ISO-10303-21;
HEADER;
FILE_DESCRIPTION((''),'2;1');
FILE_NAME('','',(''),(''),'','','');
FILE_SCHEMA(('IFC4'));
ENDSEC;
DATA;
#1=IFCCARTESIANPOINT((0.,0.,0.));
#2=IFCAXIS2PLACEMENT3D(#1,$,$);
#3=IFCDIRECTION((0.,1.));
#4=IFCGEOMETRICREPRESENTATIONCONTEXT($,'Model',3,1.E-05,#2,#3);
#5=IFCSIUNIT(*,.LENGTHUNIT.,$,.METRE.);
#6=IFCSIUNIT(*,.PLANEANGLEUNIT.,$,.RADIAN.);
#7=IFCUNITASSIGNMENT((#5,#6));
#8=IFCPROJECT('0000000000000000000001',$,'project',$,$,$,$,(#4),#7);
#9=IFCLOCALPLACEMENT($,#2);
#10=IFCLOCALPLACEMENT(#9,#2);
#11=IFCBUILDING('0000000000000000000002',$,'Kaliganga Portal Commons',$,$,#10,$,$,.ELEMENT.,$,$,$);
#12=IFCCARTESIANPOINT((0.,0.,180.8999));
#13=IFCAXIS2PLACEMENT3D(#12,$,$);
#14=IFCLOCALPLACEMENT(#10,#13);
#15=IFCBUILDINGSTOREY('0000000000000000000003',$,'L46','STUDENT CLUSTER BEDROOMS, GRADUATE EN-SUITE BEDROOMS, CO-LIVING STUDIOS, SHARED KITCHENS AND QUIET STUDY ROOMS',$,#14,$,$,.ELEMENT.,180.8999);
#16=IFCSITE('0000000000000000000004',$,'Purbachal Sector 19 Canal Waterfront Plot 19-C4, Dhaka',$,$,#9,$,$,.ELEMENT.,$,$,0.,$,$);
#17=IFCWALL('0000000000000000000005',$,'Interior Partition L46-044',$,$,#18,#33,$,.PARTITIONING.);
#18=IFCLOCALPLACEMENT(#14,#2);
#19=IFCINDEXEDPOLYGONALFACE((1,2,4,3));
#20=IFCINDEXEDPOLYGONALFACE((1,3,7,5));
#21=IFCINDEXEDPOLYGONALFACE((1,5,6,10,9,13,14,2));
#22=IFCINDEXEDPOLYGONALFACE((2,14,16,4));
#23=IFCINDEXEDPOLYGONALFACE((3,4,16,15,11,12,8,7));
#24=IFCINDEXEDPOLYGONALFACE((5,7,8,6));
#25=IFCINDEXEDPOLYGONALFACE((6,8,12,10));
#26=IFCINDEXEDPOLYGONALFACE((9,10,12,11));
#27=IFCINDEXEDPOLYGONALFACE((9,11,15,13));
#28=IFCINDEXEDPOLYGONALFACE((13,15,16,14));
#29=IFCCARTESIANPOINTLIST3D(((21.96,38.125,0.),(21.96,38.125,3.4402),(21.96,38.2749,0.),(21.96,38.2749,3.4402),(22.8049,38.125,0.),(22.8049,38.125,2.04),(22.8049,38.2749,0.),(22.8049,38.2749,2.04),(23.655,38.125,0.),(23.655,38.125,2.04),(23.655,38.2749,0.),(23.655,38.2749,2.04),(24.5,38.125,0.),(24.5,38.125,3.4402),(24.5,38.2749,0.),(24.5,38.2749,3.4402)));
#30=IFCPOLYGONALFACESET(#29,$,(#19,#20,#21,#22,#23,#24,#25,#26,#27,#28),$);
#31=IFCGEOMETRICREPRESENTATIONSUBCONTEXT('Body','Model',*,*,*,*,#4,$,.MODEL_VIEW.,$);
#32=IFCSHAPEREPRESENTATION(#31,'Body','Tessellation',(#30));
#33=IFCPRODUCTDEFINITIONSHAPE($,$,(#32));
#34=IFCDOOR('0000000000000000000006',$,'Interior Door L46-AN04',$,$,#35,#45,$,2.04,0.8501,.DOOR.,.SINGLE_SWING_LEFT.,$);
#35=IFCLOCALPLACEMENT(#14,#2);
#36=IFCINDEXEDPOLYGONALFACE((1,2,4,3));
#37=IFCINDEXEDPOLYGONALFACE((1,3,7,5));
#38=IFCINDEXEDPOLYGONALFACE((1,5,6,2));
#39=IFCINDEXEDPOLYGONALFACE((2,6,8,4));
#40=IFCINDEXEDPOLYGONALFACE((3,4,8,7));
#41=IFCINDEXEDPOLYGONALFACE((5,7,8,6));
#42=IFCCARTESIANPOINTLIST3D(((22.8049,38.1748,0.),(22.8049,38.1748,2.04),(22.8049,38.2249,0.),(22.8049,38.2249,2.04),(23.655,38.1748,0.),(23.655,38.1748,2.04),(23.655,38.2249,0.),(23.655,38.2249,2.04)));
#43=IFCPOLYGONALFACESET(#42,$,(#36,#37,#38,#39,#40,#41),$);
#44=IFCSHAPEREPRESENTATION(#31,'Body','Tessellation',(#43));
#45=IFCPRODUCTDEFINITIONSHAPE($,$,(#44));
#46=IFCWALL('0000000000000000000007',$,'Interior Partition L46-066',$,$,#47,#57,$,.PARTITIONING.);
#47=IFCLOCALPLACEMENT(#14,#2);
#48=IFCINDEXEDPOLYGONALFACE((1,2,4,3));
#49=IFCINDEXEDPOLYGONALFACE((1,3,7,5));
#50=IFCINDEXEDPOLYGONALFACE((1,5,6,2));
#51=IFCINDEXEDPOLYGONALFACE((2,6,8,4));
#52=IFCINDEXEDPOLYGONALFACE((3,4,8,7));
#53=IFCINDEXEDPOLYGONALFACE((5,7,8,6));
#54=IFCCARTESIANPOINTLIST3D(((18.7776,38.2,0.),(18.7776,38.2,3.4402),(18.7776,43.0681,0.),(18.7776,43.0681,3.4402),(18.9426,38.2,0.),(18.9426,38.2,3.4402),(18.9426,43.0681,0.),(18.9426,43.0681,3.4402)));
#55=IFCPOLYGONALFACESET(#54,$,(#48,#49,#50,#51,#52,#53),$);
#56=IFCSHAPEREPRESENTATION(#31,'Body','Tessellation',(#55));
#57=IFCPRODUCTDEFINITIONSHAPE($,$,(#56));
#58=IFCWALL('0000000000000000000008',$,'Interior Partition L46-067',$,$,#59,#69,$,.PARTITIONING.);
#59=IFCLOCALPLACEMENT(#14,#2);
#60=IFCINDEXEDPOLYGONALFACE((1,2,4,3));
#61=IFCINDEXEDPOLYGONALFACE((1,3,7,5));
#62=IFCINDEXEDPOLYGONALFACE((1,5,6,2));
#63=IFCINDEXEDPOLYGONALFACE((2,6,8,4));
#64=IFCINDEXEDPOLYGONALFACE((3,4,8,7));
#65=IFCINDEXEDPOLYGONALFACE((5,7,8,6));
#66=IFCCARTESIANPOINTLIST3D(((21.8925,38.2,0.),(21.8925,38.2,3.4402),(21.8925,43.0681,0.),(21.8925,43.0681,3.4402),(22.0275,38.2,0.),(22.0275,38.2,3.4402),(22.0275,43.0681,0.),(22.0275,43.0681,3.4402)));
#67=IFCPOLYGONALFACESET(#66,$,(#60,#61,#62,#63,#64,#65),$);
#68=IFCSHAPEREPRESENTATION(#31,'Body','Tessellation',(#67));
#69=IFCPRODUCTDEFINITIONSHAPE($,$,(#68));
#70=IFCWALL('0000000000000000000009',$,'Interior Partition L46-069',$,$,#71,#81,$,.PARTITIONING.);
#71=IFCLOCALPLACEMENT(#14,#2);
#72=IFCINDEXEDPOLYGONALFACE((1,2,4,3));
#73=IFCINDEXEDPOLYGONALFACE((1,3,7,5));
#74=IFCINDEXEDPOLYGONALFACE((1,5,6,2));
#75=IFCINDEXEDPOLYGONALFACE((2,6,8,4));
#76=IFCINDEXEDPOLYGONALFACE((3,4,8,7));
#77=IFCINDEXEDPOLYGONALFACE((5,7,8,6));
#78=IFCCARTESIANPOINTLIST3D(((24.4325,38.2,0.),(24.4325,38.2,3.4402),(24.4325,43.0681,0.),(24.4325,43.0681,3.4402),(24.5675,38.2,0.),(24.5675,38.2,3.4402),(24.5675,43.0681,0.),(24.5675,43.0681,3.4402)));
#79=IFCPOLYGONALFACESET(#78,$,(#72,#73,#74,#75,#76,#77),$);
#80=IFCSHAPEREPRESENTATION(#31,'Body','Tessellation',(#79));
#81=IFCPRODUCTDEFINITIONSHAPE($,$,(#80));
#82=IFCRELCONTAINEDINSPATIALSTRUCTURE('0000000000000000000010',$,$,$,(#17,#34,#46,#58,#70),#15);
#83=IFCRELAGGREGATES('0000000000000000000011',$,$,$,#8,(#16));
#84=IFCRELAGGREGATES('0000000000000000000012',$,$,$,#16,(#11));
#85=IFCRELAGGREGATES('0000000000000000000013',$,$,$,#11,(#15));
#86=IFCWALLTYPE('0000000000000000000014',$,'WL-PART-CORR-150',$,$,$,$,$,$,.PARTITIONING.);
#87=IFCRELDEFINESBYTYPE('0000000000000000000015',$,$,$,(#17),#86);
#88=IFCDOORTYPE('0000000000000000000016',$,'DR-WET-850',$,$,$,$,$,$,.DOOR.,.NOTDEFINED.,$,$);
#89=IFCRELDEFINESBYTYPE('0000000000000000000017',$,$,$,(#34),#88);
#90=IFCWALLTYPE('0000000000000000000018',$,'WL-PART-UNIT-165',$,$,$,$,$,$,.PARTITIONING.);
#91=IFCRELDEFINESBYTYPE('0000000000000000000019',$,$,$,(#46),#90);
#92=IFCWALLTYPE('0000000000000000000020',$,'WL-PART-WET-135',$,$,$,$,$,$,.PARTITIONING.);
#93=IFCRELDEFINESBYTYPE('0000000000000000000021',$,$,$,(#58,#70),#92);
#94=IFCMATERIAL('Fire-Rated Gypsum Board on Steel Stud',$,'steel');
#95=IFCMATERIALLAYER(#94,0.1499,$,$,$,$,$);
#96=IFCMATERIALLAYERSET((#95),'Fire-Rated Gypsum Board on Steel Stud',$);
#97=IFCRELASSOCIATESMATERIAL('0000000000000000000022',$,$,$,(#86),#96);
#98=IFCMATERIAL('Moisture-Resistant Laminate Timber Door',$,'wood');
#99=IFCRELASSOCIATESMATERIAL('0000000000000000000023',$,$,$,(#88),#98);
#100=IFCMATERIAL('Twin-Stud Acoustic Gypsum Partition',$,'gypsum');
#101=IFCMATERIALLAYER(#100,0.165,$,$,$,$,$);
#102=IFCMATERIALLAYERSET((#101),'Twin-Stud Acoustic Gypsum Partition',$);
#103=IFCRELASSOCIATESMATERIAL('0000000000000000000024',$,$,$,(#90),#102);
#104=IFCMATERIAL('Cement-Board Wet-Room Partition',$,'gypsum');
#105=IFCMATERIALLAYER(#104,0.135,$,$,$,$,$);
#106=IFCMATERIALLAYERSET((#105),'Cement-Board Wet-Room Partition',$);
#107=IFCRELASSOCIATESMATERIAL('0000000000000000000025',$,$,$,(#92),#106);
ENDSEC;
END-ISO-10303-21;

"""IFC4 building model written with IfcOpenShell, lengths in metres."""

from ifc_helpers import new_model, si_unit, direction, frame, frame_2d, origin, place, context, subcontext, project, spatial, rectangle, extrude, material, layer, layer_set, type_object, element, fill, save


model = new_model("IFC4")

# Units and contexts
model_context = context("Model", 3, precision=1e-05, world=origin(), true_north=direction((0.0, 1.0)))
body_context = subcontext(model_context, "Body", "Model", "MODEL_VIEW")
ifc_project = project(units=[si_unit("LENGTHUNIT", "METRE"), si_unit("PLANEANGLEUNIT", "RADIAN")], contexts=[model_context])

# Site, building, storey
site_placement = place(None, origin())
site = spatial("IfcSite", under=ifc_project, at=site_placement, Name="Purbachal Sector 19 Canal Waterfront Plot 19-C4, Dhaka", CompositionType="ELEMENT", RefElevation=0.0)
building_placement = place(site_placement, origin())
building = spatial("IfcBuilding", under=site, at=building_placement, Name="Kaliganga Portal Commons", CompositionType="ELEMENT")
storey_placement = place(building_placement, frame((0.0, 0.0, 180.8999)))
storey = spatial("IfcBuildingStorey", under=building, at=storey_placement, Name="L46", Description="STUDENT CLUSTER BEDROOMS, GRADUATE EN-SUITE BEDROOMS, CO-LIVING STUDIOS, SHARED KITCHENS AND QUIET STUDY ROOMS", CompositionType="ELEMENT", Elevation=180.8999)

# Wall, opening, door
ifc_material_1 = material(Name="Fire-Rated Gypsum Board on Steel Stud", Category="steel")
ifc_layer_1 = layer(ifc_material_1, 0.1499)
ifc_layer_set_1 = layer_set([ifc_layer_1], Name="Fire-Rated Gypsum Board on Steel Stud")
wall_type_1 = type_object("IfcWallType", Name="WL-PART-CORR-150", PredefinedType="PARTITIONING", material=ifc_layer_set_1)
ifc_material_2 = material(Name="Moisture-Resistant Laminate Timber Door", Category="wood")
door_type_1 = type_object("IfcDoorType", Name="DR-WET-850", OperationType="NOTDEFINED", PredefinedType="DOOR", material=ifc_material_2)
wall_1_placement = place(storey_placement, frame((21.96, 38.2, 0.0), z_axis=(0.0, 0.0, 1.0), x_axis=(1.0, 0.0, 0.0)))
wall_1 = element("IfcWall", 1, at=wall_1_placement, inside=storey, type_object=wall_type_1, Name="Interior Partition L46-044", PredefinedType="PARTITIONING", context=body_context, shape_type="SweptSolid", body=[
    extrude(rectangle(XDim=2.54, YDim=0.1499, at=frame_2d((1.27, 0.0))), origin(), (0.0, 0.0, 1.0), 3.4402),
])
opening_1_placement = place(wall_1_placement, frame((0.845, 0.0, 0.0)))
opening_1 = element("IfcOpeningElement", 2, at=opening_1_placement, cuts=wall_1, PredefinedType="OPENING", context=body_context, shape_type="SweptSolid", body=[
    extrude(rectangle(XDim=0.8501, YDim=2.04, at=frame_2d((0.425, 1.02))), frame((0.0, 0.085, 0.0), z_axis=(0.0, -1.0, 0.0), x_axis=(1.0, 0.0, 0.0)), (0.0, 0.0, 1.0), 0.1699),
])
door_1_placement = place(opening_1_placement, origin())
door_1 = element("IfcDoor", 3, at=door_1_placement, inside=storey, type_object=door_type_1, Name="Interior Door L46-AN04", OperationType="SINGLE_SWING_LEFT", OverallHeight=2.04, OverallWidth=0.8501, PredefinedType="DOOR", context=body_context, shape_type="SweptSolid", body=[
    extrude(rectangle(XDim=0.8501, YDim=2.04, at=frame_2d((0.425, 1.02))), frame((0.0, 0.0249, 0.0), z_axis=(0.0, -1.0, 0.0), x_axis=(1.0, 0.0, 0.0)), (0.0, 0.0, 1.0), 0.05),
])
fill(opening_1, door_1)

# Walls
ifc_material_3 = material(Name="Twin-Stud Acoustic Gypsum Partition", Category="gypsum")
ifc_layer_2 = layer(ifc_material_3, 0.165)
ifc_layer_set_2 = layer_set([ifc_layer_2], Name="Twin-Stud Acoustic Gypsum Partition")
wall_type_2 = type_object("IfcWallType", Name="WL-PART-UNIT-165", PredefinedType="PARTITIONING", material=ifc_layer_set_2)
wall_2_placement = place(storey_placement, frame((18.8601, 38.2, 0.0), z_axis=(0.0, 0.0, 1.0), x_axis=(0.0, 1.0, 0.0)))
element("IfcWall", 4, at=wall_2_placement, inside=storey, type_object=wall_type_2, Name="Interior Partition L46-066", PredefinedType="PARTITIONING", context=body_context, shape_type="SweptSolid", body=[
    extrude(rectangle(XDim=4.8682, YDim=0.165, at=frame_2d((2.4341, 0.0))), origin(), (0.0, 0.0, 1.0), 3.4402),
])
ifc_material_4 = material(Name="Cement-Board Wet-Room Partition", Category="gypsum")
ifc_layer_3 = layer(ifc_material_4, 0.135)
ifc_layer_set_3 = layer_set([ifc_layer_3], Name="Cement-Board Wet-Room Partition")
wall_type_3 = type_object("IfcWallType", Name="WL-PART-WET-135", PredefinedType="PARTITIONING", material=ifc_layer_set_3)
for number, where, z_axis, x_axis, name in (
    (5, (21.96, 38.2, 0.0), (0.0, 0.0, 1.0), (0.0, 1.0, 0.0), "Interior Partition L46-067"),
    (6, (24.5, 38.2, 0.0), (0.0, 0.0, 1.0), (0.0, 1.0, 0.0), "Interior Partition L46-069"),
):
    element("IfcWall", number, at=place(storey_placement, frame(where, z_axis=z_axis, x_axis=x_axis)), inside=storey, type_object=wall_type_3, Name=name, PredefinedType="PARTITIONING", context=body_context, shape_type="SweptSolid", body=[
        extrude(rectangle(XDim=4.8682, YDim=0.135, at=frame_2d((2.4341, 0.0))), origin(), (0.0, 0.0, 1.0), 3.4402),
    ])

save(model, "model.ifc")
